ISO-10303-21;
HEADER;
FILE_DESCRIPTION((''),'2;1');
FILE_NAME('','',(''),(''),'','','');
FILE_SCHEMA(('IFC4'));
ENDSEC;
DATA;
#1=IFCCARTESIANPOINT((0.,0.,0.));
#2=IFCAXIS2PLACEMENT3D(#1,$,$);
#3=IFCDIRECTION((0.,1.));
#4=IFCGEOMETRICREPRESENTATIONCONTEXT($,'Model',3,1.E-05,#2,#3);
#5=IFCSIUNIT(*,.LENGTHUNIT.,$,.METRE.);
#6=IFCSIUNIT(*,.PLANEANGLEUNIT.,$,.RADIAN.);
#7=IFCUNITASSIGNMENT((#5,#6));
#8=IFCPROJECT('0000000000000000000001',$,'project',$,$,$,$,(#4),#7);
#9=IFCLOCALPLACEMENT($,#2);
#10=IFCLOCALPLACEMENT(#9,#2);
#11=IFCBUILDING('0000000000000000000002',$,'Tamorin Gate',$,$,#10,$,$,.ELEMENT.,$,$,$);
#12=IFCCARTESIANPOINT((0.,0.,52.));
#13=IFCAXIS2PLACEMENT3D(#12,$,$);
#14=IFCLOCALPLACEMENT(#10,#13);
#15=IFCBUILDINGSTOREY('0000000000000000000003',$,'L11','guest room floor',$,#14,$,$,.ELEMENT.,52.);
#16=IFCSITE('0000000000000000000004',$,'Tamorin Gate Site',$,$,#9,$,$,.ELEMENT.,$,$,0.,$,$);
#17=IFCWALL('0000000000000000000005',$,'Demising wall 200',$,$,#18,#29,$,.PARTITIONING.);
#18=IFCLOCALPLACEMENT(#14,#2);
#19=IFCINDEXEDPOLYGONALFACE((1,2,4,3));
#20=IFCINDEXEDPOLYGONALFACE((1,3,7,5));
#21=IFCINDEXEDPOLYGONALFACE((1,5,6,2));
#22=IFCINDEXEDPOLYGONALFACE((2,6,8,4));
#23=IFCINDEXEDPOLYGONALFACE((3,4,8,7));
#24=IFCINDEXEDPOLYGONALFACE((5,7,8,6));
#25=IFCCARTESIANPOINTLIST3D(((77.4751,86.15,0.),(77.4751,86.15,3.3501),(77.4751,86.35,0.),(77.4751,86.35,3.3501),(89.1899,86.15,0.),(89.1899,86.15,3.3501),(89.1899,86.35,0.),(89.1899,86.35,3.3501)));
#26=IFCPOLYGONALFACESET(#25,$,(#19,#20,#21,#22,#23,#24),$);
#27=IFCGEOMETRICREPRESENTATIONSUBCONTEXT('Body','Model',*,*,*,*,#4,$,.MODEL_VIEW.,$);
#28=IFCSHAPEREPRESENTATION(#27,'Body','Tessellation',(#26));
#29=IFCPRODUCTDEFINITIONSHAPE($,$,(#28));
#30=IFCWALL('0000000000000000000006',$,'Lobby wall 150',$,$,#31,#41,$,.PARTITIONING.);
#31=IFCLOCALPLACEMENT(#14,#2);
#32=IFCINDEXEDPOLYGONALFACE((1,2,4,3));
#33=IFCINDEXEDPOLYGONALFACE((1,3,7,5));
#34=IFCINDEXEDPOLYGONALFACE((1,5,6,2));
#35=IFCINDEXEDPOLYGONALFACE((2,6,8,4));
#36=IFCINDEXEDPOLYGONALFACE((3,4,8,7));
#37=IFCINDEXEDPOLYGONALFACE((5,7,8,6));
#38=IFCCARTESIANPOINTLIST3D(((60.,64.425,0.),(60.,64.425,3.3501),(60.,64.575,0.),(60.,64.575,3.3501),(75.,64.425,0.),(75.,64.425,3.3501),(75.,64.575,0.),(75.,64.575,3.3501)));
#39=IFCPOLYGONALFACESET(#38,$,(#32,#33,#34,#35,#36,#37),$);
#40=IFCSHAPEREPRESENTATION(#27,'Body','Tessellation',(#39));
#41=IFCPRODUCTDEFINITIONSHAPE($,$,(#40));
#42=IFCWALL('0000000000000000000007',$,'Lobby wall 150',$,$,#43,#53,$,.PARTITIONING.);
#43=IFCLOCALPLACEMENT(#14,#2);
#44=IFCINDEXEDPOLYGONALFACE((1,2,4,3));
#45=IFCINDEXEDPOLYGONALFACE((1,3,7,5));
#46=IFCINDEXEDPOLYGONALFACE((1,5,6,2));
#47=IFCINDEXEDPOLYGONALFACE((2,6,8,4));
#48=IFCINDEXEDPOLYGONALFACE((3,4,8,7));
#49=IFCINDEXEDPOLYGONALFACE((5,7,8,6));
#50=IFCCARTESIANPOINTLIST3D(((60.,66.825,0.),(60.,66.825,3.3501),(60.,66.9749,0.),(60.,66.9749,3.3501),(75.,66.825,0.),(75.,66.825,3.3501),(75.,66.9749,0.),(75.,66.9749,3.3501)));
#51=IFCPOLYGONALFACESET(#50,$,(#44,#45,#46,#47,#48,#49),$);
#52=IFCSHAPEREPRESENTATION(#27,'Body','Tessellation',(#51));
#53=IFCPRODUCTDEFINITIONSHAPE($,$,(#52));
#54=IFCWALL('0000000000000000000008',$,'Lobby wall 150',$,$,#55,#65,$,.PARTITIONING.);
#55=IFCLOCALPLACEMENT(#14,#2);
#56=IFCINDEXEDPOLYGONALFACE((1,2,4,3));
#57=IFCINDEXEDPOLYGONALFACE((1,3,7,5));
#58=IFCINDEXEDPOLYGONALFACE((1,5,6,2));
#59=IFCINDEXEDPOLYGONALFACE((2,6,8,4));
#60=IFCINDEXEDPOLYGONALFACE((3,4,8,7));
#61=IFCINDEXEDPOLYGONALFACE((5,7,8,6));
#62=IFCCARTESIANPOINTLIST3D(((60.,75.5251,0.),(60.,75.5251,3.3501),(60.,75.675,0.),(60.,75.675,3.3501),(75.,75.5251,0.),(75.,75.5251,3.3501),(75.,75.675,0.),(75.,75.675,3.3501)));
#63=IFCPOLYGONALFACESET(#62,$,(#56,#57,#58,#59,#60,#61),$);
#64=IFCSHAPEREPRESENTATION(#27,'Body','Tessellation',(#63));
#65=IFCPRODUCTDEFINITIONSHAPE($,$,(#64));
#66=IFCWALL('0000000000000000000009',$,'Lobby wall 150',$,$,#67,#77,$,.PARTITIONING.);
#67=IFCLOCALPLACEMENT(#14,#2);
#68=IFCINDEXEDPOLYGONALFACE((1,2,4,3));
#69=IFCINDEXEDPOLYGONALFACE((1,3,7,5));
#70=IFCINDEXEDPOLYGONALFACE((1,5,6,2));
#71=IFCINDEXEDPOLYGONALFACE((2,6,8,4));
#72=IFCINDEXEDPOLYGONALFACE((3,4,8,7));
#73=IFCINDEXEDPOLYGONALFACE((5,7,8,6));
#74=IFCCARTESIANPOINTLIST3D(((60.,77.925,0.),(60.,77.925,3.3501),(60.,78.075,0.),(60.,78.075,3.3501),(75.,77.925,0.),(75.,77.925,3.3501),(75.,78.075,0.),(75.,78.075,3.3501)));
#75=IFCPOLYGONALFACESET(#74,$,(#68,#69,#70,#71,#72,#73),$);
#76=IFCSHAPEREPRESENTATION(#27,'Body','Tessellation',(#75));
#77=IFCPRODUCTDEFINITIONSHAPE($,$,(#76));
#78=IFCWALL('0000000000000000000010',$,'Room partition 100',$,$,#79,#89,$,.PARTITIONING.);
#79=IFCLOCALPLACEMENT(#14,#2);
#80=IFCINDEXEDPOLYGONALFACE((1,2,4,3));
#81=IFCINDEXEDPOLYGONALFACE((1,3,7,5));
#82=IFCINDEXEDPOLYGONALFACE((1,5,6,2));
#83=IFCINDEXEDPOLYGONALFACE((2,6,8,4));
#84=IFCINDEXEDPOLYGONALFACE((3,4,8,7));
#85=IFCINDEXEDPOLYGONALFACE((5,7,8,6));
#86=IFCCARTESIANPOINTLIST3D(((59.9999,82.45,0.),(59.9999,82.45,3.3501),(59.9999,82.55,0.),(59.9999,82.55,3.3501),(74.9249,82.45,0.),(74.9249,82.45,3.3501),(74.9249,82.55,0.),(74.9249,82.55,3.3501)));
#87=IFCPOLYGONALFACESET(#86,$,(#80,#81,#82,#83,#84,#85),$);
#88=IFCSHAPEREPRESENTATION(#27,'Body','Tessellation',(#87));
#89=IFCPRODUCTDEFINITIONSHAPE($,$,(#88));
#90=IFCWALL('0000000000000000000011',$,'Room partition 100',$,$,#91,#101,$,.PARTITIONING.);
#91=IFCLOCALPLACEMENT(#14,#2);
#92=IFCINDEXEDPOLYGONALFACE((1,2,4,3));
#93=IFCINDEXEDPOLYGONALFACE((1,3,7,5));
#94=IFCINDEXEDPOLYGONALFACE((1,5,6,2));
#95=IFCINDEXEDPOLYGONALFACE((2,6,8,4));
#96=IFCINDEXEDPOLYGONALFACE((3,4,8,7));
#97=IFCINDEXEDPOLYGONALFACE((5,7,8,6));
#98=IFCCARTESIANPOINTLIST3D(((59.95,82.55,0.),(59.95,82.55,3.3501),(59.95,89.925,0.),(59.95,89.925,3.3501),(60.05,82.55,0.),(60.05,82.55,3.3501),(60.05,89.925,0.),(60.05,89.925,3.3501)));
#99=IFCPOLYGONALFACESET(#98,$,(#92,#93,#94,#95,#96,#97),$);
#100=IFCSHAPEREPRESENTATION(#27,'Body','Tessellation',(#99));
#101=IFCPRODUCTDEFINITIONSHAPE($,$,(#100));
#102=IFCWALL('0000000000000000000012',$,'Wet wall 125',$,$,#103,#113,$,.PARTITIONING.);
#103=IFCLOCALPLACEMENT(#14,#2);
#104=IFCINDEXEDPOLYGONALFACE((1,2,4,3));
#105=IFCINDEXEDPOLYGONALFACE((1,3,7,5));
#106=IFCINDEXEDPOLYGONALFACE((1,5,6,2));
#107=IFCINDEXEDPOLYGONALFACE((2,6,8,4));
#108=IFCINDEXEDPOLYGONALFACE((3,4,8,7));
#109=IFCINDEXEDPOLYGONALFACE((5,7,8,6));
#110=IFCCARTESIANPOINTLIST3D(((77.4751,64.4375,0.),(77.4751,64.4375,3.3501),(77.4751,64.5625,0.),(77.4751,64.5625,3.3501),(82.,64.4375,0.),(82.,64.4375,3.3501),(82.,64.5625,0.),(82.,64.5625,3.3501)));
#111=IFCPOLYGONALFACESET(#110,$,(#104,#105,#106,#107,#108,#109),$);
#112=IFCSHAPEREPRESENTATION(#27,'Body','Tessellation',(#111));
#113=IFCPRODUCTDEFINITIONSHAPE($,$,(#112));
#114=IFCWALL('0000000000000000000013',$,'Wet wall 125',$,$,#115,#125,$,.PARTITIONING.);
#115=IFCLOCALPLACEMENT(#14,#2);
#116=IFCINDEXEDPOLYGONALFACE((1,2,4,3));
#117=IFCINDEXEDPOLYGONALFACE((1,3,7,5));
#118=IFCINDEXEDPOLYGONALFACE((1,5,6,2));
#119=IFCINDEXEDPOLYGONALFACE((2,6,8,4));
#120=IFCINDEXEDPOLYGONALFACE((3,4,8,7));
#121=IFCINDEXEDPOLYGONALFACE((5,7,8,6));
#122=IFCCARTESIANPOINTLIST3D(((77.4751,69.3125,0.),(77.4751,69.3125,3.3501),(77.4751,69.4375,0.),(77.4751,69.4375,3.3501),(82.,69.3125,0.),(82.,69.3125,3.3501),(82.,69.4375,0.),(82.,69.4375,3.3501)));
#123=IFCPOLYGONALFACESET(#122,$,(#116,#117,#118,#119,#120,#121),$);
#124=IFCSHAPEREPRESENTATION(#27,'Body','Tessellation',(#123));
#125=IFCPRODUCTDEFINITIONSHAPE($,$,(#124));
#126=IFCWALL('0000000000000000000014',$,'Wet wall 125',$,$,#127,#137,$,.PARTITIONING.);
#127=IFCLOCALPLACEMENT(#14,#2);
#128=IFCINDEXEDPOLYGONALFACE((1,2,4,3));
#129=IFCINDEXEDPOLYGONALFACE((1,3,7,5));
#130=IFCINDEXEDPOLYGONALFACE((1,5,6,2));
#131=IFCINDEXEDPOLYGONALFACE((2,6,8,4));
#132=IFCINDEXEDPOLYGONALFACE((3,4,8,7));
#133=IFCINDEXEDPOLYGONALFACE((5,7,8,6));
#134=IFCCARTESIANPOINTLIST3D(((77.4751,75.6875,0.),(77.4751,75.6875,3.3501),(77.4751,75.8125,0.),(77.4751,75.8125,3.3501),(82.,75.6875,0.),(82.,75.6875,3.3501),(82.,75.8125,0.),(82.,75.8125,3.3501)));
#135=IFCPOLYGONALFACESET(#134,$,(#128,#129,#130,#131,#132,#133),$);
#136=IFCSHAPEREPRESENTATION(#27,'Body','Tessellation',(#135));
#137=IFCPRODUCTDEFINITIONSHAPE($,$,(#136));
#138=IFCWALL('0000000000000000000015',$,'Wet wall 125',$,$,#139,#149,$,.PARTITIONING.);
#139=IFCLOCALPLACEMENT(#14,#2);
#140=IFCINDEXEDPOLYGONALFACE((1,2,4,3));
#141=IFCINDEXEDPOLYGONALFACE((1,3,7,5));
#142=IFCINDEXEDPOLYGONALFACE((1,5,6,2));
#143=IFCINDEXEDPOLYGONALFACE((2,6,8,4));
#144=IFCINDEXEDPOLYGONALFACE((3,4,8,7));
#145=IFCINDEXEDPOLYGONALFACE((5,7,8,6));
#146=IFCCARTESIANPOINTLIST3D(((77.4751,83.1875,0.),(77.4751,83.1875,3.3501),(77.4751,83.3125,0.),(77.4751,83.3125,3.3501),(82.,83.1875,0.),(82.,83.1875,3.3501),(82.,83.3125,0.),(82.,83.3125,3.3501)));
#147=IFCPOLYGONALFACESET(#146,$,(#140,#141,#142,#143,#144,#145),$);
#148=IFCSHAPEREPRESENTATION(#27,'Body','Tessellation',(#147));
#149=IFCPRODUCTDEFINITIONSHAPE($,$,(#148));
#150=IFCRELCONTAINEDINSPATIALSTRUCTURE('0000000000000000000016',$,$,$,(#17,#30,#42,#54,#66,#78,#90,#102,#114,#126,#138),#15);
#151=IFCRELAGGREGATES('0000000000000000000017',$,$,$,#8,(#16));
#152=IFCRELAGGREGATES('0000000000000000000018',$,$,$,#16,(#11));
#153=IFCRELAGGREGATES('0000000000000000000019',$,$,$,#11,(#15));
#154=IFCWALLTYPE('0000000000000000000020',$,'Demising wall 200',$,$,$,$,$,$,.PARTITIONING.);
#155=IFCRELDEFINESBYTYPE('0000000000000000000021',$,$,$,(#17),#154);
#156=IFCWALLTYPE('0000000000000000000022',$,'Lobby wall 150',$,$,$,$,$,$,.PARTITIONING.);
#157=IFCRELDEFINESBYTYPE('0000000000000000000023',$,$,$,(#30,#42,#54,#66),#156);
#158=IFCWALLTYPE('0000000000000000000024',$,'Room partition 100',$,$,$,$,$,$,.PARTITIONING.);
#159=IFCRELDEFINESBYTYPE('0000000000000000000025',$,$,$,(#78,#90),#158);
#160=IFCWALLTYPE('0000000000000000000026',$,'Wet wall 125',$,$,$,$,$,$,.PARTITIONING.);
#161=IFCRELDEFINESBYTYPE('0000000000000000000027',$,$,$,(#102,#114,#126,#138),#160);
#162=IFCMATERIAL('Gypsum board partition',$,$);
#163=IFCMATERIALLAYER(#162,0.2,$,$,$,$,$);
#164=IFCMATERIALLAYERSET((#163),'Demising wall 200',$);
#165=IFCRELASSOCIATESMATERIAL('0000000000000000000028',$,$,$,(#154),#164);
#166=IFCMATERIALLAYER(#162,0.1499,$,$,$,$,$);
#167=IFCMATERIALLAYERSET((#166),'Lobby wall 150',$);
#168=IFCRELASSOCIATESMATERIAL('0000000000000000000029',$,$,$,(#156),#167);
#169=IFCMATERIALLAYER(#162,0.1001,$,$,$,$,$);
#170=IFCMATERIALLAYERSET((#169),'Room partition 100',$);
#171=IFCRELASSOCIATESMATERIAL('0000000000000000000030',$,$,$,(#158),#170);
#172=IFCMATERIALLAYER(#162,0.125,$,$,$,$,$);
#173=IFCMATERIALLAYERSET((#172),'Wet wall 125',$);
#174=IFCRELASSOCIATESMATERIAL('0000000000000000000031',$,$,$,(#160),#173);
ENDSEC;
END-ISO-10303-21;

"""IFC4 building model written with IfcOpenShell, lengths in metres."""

from ifc_helpers import new_model, si_unit, direction, frame, frame_2d, origin, place, context, subcontext, project, spatial, rectangle, extrude, material, layer, layer_set, type_object, element, save


model = new_model("IFC4")

# Units and contexts
model_context = context("Model", 3, precision=1e-05, world=origin(), true_north=direction((0.0, 1.0)))
body_context = subcontext(model_context, "Body", "Model", "MODEL_VIEW")
ifc_project = project(units=[si_unit("LENGTHUNIT", "METRE"), si_unit("PLANEANGLEUNIT", "RADIAN")], contexts=[model_context])

# Site, building, storey
site_placement = place(None, origin())
site = spatial("IfcSite", under=ifc_project, at=site_placement, Name="Tamorin Gate Site", CompositionType="ELEMENT", RefElevation=0.0)
building_placement = place(site_placement, origin())
building = spatial("IfcBuilding", under=site, at=building_placement, Name="Tamorin Gate", CompositionType="ELEMENT")
storey_placement = place(building_placement, frame((0.0, 0.0, 52.0)))
storey = spatial("IfcBuildingStorey", under=building, at=storey_placement, Name="L11", Description="guest room floor", CompositionType="ELEMENT", Elevation=52.0)

# Shared definitions
ifc_material_1 = material(Name="Gypsum board partition")

# Walls
ifc_layer_1 = layer(ifc_material_1, 0.2)
ifc_layer_set_1 = layer_set([ifc_layer_1], Name="Demising wall 200")
wall_type_1 = type_object("IfcWallType", Name="Demising wall 200", PredefinedType="PARTITIONING", material=ifc_layer_set_1)
for number, where, z_axis, x_axis, name in (
    (1, (77.4751, 86.25, 0.0), (0.0, 0.0, 1.0), (1.0, 0.0, 0.0), "Demising wall 200"),
):
    element("IfcWall", number, at=place(storey_placement, frame(where, z_axis=z_axis, x_axis=x_axis)), inside=storey, type_object=wall_type_1, Name=name, PredefinedType="PARTITIONING", context=body_context, shape_type="SweptSolid", body=[
        extrude(rectangle(XDim=11.7148, YDim=0.2, at=frame_2d((5.8574, 0.0))), origin(), (0.0, 0.0, 1.0), 3.3501),
    ])
ifc_layer_2 = layer(ifc_material_1, 0.1499)
ifc_layer_set_2 = layer_set([ifc_layer_2], Name="Lobby wall 150")
wall_type_2 = type_object("IfcWallType", Name="Lobby wall 150", PredefinedType="PARTITIONING", material=ifc_layer_set_2)
for number, where, z_axis, x_axis, name in (
    (2, (60.0, 64.5, 0.0), (0.0, 0.0, 1.0), (1.0, 0.0, 0.0), "Lobby wall 150"),
    (3, (60.0, 66.8999, 0.0), (0.0, 0.0, 1.0), (1.0, 0.0, 0.0), "Lobby wall 150"),
    (4, (60.0, 75.6001, 0.0), (0.0, 0.0, 1.0), (1.0, 0.0, 0.0), "Lobby wall 150"),
    (5, (60.0, 78.0, 0.0), (0.0, 0.0, 1.0), (1.0, 0.0, 0.0), "Lobby wall 150"),
):
    element("IfcWall", number, at=place(storey_placement, frame(where, z_axis=z_axis, x_axis=x_axis)), inside=storey, type_object=wall_type_2, Name=name, PredefinedType="PARTITIONING", context=body_context, shape_type="SweptSolid", body=[
        extrude(rectangle(XDim=15.0, YDim=0.1499, at=frame_2d((7.5, 0.0))), origin(), (0.0, 0.0, 1.0), 3.3501),
    ])
ifc_layer_3 = layer(ifc_material_1, 0.1001)
ifc_layer_set_3 = layer_set([ifc_layer_3], Name="Room partition 100")
wall_type_3 = type_object("IfcWallType", Name="Room partition 100", PredefinedType="PARTITIONING", material=ifc_layer_set_3)
wall_1_placement = place(storey_placement, frame((60.0, 82.5, 0.0), z_axis=(0.0, 0.0, 1.0), x_axis=(1.0, 0.0, 0.0)))
element("IfcWall", 6, at=wall_1_placement, inside=storey, type_object=wall_type_3, Name="Room partition 100", PredefinedType="PARTITIONING", context=body_context, shape_type="SweptSolid", body=[
    extrude(rectangle(XDim=14.925, YDim=0.1001, at=frame_2d((7.4624, 0.0))), origin(), (0.0, 0.0, 1.0), 3.3501),
])
wall_2_placement = place(storey_placement, frame((60.0, 82.55, 0.0), z_axis=(0.0, 0.0, 1.0), x_axis=(0.0, 1.0, 0.0)))
element("IfcWall", 7, at=wall_2_placement, inside=storey, type_object=wall_type_3, Name="Room partition 100", PredefinedType="PARTITIONING", context=body_context, shape_type="SweptSolid", body=[
    extrude(rectangle(XDim=7.375, YDim=0.1001, at=frame_2d((3.6875, 0.0))), origin(), (0.0, 0.0, 1.0), 3.3501),
])
ifc_layer_4 = layer(ifc_material_1, 0.125)
ifc_layer_set_4 = layer_set([ifc_layer_4], Name="Wet wall 125")
wall_type_4 = type_object("IfcWallType", Name="Wet wall 125", PredefinedType="PARTITIONING", material=ifc_layer_set_4)
for number, where, z_axis, x_axis, name in (
    (8, (77.4751, 64.5, 0.0), (0.0, 0.0, 1.0), (1.0, 0.0, 0.0), "Wet wall 125"),
    (9, (77.4751, 69.375, 0.0), (0.0, 0.0, 1.0), (1.0, 0.0, 0.0), "Wet wall 125"),
    (10, (77.4751, 75.75, 0.0), (0.0, 0.0, 1.0), (1.0, 0.0, 0.0), "Wet wall 125"),
    (11, (77.4751, 83.25, 0.0), (0.0, 0.0, 1.0), (1.0, 0.0, 0.0), "Wet wall 125"),
):
    element("IfcWall", number, at=place(storey_placement, frame(where, z_axis=z_axis, x_axis=x_axis)), inside=storey, type_object=wall_type_4, Name=name, PredefinedType="PARTITIONING", context=body_context, shape_type="SweptSolid", body=[
        extrude(rectangle(XDim=4.5249, YDim=0.125, at=frame_2d((2.2625, 0.0))), origin(), (0.0, 0.0, 1.0), 3.3501),
    ])

save(model, "model.ifc")
